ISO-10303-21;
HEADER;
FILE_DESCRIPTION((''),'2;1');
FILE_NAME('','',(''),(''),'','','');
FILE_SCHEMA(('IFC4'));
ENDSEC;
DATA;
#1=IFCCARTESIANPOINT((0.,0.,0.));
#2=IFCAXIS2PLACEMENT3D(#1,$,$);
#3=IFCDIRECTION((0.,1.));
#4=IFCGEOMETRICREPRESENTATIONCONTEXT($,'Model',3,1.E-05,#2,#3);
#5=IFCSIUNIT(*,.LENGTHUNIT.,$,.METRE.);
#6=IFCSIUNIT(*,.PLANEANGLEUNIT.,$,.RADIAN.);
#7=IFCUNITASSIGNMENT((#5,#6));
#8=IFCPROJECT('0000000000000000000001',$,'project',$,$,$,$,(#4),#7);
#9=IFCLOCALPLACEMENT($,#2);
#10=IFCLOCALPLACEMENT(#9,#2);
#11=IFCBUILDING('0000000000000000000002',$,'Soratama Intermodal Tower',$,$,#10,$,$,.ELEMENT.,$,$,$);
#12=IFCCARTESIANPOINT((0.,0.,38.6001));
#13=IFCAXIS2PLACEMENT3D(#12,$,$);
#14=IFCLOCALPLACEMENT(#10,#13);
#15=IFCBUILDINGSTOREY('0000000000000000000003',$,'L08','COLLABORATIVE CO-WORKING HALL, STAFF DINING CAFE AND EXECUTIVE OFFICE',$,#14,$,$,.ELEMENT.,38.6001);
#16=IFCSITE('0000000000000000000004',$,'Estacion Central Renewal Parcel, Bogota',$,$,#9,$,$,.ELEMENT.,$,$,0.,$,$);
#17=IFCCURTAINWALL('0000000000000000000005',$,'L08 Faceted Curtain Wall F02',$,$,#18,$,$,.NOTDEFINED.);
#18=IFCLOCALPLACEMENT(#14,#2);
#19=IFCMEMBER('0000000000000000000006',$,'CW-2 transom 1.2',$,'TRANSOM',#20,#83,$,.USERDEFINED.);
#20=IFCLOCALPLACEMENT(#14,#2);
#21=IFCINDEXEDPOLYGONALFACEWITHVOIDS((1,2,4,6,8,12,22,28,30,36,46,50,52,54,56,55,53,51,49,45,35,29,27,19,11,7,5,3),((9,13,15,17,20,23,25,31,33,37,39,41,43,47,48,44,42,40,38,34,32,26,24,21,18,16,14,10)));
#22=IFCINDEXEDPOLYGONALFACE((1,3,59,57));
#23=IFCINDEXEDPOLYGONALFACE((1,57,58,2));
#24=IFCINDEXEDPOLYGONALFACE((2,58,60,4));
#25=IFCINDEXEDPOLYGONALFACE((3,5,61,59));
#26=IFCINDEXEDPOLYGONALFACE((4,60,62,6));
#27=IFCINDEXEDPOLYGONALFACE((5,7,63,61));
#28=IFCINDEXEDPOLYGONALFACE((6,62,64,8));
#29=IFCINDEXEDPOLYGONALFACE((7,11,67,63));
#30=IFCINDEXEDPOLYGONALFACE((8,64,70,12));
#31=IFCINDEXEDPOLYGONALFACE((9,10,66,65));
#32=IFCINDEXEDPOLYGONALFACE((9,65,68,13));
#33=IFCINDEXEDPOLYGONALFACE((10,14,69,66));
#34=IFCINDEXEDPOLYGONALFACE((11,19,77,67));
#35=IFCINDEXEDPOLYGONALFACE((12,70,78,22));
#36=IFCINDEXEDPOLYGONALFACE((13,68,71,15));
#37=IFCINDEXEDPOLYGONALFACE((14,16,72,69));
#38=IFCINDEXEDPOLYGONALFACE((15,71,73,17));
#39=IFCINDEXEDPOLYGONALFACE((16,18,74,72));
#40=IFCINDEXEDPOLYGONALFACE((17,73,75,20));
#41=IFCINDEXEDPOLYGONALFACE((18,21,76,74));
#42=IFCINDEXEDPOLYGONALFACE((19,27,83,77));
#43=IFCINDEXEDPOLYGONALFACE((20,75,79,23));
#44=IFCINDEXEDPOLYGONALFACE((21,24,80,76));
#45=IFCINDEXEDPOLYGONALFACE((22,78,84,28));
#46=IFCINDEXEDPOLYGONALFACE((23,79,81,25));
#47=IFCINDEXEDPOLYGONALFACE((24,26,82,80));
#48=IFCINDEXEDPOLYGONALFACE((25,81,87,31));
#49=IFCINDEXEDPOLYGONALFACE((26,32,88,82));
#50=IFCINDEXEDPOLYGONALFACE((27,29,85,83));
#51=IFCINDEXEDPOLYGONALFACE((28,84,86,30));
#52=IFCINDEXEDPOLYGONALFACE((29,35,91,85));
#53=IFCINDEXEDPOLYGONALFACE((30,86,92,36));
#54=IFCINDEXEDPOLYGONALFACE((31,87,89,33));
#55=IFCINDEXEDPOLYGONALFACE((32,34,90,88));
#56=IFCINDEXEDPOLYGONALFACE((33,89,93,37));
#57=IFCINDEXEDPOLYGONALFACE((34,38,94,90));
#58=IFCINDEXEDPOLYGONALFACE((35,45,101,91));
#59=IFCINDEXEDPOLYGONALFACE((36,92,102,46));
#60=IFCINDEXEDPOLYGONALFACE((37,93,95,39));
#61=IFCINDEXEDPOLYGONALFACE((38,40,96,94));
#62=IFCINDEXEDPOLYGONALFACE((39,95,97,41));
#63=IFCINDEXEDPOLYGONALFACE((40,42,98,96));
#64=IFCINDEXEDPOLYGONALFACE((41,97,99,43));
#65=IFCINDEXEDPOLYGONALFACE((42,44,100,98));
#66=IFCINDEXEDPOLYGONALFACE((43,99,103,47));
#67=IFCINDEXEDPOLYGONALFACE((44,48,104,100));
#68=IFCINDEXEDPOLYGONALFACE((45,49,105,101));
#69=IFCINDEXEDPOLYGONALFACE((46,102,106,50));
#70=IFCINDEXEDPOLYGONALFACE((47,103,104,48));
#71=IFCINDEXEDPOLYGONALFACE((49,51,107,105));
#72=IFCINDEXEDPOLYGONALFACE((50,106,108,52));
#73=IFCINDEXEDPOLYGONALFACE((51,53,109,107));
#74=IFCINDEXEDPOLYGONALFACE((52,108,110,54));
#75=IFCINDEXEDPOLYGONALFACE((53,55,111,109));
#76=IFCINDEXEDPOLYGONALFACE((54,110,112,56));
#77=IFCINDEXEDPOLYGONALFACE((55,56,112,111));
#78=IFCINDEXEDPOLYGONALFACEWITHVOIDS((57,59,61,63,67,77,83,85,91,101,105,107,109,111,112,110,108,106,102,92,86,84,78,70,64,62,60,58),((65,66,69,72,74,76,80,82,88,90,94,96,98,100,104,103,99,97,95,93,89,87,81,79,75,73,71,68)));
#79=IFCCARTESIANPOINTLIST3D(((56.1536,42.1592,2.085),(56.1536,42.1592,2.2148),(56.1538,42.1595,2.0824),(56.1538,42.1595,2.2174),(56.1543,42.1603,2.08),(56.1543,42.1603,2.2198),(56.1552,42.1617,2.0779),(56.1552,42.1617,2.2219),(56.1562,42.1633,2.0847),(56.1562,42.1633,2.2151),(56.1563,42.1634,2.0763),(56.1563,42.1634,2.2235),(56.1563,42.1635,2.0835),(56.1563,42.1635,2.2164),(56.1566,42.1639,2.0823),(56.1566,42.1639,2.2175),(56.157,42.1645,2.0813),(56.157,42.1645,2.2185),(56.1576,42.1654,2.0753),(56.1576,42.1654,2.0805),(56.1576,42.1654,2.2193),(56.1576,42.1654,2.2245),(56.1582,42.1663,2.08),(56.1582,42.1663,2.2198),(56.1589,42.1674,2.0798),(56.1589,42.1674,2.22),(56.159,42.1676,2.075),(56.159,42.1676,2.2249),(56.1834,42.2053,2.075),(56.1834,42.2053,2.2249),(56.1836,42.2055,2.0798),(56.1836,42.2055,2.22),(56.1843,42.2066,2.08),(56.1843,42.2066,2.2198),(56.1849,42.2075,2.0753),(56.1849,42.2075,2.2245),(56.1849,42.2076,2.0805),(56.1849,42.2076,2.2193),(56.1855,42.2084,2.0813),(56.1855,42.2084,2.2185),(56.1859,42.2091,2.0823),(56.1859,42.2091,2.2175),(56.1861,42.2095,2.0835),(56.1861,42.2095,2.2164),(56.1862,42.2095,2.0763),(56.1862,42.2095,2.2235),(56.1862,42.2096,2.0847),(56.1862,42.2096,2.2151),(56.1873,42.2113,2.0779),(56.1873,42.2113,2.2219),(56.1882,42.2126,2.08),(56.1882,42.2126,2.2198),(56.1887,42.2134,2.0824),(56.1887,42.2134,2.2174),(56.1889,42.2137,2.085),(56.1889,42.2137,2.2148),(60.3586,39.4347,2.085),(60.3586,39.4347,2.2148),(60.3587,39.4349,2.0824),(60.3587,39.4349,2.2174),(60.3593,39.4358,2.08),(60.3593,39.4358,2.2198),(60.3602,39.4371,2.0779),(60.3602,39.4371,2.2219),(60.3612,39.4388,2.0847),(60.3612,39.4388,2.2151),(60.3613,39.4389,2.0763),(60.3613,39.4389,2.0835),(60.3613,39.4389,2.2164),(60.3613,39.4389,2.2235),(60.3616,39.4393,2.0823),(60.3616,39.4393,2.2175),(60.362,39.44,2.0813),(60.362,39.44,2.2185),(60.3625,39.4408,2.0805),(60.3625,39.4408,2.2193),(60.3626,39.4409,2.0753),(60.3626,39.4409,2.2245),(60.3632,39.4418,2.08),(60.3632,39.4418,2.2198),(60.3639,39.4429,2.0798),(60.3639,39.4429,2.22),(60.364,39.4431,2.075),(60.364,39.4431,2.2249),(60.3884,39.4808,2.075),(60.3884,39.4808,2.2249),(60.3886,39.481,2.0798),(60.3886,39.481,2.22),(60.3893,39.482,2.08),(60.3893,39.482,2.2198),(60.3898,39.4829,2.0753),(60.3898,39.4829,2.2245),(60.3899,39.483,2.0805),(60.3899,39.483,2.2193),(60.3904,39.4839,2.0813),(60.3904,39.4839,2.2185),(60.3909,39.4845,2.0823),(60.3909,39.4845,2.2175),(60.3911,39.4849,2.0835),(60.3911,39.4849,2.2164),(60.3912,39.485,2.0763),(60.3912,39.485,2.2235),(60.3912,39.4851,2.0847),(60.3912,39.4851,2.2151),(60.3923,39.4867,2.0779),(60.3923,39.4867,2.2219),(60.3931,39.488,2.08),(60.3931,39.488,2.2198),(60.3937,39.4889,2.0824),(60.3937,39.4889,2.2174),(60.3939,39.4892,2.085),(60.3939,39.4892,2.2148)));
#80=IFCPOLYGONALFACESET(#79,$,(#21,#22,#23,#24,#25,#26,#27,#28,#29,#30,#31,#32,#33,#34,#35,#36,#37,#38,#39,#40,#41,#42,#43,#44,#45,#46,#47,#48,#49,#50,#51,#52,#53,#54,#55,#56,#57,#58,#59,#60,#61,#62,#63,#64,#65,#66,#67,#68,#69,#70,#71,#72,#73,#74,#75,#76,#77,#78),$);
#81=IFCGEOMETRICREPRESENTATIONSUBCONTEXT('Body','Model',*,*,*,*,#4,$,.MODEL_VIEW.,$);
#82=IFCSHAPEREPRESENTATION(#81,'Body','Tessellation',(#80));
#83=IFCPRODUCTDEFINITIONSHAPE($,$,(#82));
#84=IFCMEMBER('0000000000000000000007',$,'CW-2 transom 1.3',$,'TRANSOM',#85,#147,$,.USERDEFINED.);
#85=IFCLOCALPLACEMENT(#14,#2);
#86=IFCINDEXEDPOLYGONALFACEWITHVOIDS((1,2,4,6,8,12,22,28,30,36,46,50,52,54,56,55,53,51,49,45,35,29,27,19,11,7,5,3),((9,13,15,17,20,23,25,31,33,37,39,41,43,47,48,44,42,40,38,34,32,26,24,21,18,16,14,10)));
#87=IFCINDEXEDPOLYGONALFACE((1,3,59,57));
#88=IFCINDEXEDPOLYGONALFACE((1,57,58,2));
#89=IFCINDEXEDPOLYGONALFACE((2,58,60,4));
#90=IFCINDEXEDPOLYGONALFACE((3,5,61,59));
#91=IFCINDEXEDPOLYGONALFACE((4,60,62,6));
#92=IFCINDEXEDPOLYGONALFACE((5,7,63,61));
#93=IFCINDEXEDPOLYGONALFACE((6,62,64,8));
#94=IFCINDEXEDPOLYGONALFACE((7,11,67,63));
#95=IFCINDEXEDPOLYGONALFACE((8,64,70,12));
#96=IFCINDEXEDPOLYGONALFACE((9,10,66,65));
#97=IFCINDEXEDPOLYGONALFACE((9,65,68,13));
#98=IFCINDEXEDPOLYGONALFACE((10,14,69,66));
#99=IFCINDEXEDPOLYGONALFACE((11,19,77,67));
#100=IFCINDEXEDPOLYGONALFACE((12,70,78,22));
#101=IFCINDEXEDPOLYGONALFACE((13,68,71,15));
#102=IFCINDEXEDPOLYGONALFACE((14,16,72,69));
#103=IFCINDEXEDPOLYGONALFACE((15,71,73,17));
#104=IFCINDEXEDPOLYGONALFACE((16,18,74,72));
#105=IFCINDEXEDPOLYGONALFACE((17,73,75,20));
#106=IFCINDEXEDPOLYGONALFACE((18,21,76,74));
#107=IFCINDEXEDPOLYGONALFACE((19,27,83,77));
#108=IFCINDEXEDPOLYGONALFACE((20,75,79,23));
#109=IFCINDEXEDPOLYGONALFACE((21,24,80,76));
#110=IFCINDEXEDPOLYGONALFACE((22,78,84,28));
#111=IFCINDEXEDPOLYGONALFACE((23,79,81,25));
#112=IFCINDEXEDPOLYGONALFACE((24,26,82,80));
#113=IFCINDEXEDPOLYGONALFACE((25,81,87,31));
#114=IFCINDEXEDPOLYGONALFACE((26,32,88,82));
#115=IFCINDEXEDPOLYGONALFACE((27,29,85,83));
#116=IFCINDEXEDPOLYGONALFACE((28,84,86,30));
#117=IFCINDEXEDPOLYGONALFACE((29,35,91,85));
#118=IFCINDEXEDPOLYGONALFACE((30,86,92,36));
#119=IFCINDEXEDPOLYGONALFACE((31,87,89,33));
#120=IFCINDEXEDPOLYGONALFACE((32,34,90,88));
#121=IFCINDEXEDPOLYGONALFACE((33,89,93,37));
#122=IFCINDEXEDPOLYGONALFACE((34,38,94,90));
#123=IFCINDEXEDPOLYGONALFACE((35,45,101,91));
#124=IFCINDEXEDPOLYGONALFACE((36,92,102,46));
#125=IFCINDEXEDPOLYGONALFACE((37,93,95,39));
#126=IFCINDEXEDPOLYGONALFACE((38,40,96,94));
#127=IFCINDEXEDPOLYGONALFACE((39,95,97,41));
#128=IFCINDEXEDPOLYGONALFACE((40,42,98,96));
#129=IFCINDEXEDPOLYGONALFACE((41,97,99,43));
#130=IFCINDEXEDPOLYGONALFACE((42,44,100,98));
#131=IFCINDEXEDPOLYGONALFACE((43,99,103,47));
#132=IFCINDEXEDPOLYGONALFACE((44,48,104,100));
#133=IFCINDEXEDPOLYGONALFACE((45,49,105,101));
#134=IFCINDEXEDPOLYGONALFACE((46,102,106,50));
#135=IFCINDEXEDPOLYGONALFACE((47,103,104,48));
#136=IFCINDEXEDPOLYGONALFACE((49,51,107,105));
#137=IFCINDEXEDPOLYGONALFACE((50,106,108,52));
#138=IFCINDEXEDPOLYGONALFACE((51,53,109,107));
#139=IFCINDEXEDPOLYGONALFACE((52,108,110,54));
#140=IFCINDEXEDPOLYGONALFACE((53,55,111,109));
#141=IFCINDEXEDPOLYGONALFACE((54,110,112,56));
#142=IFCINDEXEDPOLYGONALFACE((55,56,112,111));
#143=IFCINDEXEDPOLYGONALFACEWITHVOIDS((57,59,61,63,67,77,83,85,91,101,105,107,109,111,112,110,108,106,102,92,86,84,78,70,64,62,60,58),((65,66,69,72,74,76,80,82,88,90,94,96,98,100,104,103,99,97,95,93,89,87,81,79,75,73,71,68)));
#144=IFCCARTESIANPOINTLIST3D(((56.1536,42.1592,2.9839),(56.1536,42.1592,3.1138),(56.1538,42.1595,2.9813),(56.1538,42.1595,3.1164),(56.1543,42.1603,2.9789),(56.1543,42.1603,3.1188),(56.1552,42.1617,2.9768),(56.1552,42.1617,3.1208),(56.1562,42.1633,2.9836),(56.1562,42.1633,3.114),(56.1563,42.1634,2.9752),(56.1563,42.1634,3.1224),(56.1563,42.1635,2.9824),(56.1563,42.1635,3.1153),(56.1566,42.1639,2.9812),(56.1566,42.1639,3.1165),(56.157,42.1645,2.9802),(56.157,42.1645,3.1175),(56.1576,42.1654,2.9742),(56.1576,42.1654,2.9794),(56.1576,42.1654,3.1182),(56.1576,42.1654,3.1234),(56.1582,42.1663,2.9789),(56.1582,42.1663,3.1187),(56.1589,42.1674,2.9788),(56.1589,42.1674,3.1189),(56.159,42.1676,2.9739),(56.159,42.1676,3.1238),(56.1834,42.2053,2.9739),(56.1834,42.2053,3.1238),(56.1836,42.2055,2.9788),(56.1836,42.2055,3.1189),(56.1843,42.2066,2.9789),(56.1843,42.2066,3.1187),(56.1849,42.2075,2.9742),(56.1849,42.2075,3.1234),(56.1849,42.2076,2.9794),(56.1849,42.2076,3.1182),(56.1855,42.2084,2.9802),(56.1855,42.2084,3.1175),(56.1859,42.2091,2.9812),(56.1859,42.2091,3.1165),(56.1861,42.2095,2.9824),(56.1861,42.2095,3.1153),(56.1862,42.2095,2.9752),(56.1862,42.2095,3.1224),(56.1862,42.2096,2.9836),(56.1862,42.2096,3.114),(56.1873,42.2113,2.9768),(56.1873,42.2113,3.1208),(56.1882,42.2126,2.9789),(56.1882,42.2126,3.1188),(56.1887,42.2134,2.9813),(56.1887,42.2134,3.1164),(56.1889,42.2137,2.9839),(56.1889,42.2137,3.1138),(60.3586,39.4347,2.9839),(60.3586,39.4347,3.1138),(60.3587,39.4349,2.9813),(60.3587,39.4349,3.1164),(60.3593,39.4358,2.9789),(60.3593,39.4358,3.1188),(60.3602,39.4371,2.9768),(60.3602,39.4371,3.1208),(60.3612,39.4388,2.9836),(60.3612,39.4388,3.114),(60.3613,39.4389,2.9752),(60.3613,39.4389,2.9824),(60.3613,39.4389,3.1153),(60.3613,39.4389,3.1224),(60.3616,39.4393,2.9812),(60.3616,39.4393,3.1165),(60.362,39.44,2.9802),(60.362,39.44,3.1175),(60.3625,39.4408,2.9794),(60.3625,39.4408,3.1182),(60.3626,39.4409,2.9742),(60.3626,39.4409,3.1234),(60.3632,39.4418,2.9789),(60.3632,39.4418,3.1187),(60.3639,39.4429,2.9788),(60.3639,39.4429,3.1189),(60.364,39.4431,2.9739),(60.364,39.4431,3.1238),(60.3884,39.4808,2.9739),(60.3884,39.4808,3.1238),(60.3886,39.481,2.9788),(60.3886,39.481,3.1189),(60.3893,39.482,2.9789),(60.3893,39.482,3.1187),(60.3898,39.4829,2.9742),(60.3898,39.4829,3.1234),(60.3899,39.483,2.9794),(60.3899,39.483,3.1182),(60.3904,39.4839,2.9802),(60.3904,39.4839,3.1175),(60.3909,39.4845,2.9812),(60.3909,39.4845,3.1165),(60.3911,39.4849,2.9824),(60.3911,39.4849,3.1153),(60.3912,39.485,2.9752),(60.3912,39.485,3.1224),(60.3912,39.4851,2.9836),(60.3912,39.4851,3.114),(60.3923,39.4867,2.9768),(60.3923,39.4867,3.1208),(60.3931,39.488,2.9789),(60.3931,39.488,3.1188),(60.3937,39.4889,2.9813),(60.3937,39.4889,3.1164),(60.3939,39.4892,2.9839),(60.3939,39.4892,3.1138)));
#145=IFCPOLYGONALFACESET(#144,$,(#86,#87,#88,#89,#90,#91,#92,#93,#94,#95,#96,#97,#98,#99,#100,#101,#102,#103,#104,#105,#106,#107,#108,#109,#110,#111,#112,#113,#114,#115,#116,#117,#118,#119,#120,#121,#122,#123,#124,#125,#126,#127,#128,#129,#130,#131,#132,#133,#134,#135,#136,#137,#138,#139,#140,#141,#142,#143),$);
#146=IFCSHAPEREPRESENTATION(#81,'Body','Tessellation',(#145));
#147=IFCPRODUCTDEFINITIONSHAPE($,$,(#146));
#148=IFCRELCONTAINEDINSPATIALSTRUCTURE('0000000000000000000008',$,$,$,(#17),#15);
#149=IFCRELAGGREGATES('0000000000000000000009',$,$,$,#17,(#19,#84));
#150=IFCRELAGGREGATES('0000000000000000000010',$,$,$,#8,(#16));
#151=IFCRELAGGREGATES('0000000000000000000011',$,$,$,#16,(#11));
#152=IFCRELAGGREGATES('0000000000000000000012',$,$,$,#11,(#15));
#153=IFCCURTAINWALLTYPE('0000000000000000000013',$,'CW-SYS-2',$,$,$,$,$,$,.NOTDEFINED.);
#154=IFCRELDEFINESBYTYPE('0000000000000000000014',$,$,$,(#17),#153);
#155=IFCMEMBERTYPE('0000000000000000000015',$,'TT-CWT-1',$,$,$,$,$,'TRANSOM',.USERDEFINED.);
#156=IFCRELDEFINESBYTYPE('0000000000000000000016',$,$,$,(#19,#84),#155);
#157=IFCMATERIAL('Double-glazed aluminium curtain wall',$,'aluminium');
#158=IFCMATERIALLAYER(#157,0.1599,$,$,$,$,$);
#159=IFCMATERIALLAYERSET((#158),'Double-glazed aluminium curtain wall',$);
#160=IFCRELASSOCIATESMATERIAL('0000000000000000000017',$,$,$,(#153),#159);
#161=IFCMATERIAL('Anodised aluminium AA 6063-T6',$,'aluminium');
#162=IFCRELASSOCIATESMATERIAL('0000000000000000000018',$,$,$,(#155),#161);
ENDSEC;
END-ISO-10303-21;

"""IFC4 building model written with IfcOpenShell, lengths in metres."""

from ifc_helpers import new_model, si_unit, direction, frame, origin, origin_2d, place, context, subcontext, project, spatial, hollow_rectangle, extrude, material, layer, layer_set, material_profile, profile_set, type_object, element, aggregate, save


model = new_model("IFC4")

# Units and contexts
model_context = context("Model", 3, precision=1e-05, world=origin(), true_north=direction((0.0, 1.0)))
body_context = subcontext(model_context, "Body", "Model", "MODEL_VIEW")
ifc_project = project(units=[si_unit("LENGTHUNIT", "METRE"), si_unit("PLANEANGLEUNIT", "RADIAN")], contexts=[model_context])

# Site, building, storey
site_placement = place(None, origin())
site = spatial("IfcSite", under=ifc_project, at=site_placement, Name="Estacion Central Renewal Parcel, Bogota", CompositionType="ELEMENT", RefElevation=0.0)
building_placement = place(site_placement, origin())
building = spatial("IfcBuilding", under=site, at=building_placement, Name="Soratama Intermodal Tower", CompositionType="ELEMENT")
storey_placement = place(building_placement, frame((0.0, 0.0, 38.6001)))
storey = spatial("IfcBuildingStorey", under=building, at=storey_placement, Name="L08", Description="COLLABORATIVE CO-WORKING HALL, STAFF DINING CAFE AND EXECUTIVE OFFICE", CompositionType="ELEMENT", Elevation=38.6001)

# Shared definitions
ifc_material_1 = material(Name="Double-glazed aluminium curtain wall", Category="aluminium")
ifc_layer_1 = layer(ifc_material_1, 0.1599)
ifc_layer_set_1 = layer_set([ifc_layer_1], Name="Double-glazed aluminium curtain wall")
curtain_wall_type = type_object("IfcCurtainWallType", Name="CW-SYS-2", PredefinedType="NOTDEFINED", material=ifc_layer_set_1)

# Curtain wall, members
curtain_wall_1_placement = place(storey_placement, origin())
curtain_wall_1 = element("IfcCurtainWall", 1, at=curtain_wall_1_placement, inside=storey, type_object=curtain_wall_type, Name="L08 Faceted Curtain Wall F02", PredefinedType="NOTDEFINED")
ifc_material_2 = material(Name="Anodised aluminium AA 6063-T6", Category="aluminium")
ifc_material_profile_1 = material_profile(ifc_material_2, hollow_rectangle(XDim=0.0649, YDim=0.1499, WallThickness=0.0049, InnerFilletRadius=0.0049, OuterFilletRadius=0.01, at=origin_2d()), Name="CWT150X65X5")
ifc_profile_set_1 = profile_set([ifc_material_profile_1], Name="Anodised aluminium AA 6063-T6")
member_type_1 = type_object("IfcMemberType", Name="TT-CWT-1", ElementType="TRANSOM", PredefinedType="USERDEFINED", material=ifc_profile_set_1)
member_1_placement = place(storey_placement, frame((60.3762, 39.4619, 2.1499), z_axis=(-0.839235, 0.543768, 0.0), x_axis=(-0.543768, -0.839235, 0.0)))
member_1 = element("IfcMember", 2, at=member_1_placement, type_object=member_type_1, Name="CW-2 transom 1.2", ObjectType="TRANSOM", PredefinedType="USERDEFINED", context=body_context, shape_type="SweptSolid", body=[
    extrude(hollow_rectangle(XDim=0.0649, YDim=0.1499, WallThickness=0.0049, InnerFilletRadius=0.0049, OuterFilletRadius=0.01, at=origin_2d()), origin(), (0.0, 0.0, 1.0), 5.0105),
])
member_2_placement = place(storey_placement, frame((60.3762, 39.4619, 3.0488), z_axis=(-0.839235, 0.543768, 0.0), x_axis=(-0.543768, -0.839235, 0.0)))
member_2 = element("IfcMember", 3, at=member_2_placement, type_object=member_type_1, Name="CW-2 transom 1.3", ObjectType="TRANSOM", PredefinedType="USERDEFINED", context=body_context, shape_type="SweptSolid", body=[
    extrude(hollow_rectangle(XDim=0.0649, YDim=0.1499, WallThickness=0.0049, InnerFilletRadius=0.0049, OuterFilletRadius=0.01, at=origin_2d()), origin(), (0.0, 0.0, 1.0), 5.0105),
])
aggregate(curtain_wall_1, [member_1, member_2])

save(model, "model.ifc")
